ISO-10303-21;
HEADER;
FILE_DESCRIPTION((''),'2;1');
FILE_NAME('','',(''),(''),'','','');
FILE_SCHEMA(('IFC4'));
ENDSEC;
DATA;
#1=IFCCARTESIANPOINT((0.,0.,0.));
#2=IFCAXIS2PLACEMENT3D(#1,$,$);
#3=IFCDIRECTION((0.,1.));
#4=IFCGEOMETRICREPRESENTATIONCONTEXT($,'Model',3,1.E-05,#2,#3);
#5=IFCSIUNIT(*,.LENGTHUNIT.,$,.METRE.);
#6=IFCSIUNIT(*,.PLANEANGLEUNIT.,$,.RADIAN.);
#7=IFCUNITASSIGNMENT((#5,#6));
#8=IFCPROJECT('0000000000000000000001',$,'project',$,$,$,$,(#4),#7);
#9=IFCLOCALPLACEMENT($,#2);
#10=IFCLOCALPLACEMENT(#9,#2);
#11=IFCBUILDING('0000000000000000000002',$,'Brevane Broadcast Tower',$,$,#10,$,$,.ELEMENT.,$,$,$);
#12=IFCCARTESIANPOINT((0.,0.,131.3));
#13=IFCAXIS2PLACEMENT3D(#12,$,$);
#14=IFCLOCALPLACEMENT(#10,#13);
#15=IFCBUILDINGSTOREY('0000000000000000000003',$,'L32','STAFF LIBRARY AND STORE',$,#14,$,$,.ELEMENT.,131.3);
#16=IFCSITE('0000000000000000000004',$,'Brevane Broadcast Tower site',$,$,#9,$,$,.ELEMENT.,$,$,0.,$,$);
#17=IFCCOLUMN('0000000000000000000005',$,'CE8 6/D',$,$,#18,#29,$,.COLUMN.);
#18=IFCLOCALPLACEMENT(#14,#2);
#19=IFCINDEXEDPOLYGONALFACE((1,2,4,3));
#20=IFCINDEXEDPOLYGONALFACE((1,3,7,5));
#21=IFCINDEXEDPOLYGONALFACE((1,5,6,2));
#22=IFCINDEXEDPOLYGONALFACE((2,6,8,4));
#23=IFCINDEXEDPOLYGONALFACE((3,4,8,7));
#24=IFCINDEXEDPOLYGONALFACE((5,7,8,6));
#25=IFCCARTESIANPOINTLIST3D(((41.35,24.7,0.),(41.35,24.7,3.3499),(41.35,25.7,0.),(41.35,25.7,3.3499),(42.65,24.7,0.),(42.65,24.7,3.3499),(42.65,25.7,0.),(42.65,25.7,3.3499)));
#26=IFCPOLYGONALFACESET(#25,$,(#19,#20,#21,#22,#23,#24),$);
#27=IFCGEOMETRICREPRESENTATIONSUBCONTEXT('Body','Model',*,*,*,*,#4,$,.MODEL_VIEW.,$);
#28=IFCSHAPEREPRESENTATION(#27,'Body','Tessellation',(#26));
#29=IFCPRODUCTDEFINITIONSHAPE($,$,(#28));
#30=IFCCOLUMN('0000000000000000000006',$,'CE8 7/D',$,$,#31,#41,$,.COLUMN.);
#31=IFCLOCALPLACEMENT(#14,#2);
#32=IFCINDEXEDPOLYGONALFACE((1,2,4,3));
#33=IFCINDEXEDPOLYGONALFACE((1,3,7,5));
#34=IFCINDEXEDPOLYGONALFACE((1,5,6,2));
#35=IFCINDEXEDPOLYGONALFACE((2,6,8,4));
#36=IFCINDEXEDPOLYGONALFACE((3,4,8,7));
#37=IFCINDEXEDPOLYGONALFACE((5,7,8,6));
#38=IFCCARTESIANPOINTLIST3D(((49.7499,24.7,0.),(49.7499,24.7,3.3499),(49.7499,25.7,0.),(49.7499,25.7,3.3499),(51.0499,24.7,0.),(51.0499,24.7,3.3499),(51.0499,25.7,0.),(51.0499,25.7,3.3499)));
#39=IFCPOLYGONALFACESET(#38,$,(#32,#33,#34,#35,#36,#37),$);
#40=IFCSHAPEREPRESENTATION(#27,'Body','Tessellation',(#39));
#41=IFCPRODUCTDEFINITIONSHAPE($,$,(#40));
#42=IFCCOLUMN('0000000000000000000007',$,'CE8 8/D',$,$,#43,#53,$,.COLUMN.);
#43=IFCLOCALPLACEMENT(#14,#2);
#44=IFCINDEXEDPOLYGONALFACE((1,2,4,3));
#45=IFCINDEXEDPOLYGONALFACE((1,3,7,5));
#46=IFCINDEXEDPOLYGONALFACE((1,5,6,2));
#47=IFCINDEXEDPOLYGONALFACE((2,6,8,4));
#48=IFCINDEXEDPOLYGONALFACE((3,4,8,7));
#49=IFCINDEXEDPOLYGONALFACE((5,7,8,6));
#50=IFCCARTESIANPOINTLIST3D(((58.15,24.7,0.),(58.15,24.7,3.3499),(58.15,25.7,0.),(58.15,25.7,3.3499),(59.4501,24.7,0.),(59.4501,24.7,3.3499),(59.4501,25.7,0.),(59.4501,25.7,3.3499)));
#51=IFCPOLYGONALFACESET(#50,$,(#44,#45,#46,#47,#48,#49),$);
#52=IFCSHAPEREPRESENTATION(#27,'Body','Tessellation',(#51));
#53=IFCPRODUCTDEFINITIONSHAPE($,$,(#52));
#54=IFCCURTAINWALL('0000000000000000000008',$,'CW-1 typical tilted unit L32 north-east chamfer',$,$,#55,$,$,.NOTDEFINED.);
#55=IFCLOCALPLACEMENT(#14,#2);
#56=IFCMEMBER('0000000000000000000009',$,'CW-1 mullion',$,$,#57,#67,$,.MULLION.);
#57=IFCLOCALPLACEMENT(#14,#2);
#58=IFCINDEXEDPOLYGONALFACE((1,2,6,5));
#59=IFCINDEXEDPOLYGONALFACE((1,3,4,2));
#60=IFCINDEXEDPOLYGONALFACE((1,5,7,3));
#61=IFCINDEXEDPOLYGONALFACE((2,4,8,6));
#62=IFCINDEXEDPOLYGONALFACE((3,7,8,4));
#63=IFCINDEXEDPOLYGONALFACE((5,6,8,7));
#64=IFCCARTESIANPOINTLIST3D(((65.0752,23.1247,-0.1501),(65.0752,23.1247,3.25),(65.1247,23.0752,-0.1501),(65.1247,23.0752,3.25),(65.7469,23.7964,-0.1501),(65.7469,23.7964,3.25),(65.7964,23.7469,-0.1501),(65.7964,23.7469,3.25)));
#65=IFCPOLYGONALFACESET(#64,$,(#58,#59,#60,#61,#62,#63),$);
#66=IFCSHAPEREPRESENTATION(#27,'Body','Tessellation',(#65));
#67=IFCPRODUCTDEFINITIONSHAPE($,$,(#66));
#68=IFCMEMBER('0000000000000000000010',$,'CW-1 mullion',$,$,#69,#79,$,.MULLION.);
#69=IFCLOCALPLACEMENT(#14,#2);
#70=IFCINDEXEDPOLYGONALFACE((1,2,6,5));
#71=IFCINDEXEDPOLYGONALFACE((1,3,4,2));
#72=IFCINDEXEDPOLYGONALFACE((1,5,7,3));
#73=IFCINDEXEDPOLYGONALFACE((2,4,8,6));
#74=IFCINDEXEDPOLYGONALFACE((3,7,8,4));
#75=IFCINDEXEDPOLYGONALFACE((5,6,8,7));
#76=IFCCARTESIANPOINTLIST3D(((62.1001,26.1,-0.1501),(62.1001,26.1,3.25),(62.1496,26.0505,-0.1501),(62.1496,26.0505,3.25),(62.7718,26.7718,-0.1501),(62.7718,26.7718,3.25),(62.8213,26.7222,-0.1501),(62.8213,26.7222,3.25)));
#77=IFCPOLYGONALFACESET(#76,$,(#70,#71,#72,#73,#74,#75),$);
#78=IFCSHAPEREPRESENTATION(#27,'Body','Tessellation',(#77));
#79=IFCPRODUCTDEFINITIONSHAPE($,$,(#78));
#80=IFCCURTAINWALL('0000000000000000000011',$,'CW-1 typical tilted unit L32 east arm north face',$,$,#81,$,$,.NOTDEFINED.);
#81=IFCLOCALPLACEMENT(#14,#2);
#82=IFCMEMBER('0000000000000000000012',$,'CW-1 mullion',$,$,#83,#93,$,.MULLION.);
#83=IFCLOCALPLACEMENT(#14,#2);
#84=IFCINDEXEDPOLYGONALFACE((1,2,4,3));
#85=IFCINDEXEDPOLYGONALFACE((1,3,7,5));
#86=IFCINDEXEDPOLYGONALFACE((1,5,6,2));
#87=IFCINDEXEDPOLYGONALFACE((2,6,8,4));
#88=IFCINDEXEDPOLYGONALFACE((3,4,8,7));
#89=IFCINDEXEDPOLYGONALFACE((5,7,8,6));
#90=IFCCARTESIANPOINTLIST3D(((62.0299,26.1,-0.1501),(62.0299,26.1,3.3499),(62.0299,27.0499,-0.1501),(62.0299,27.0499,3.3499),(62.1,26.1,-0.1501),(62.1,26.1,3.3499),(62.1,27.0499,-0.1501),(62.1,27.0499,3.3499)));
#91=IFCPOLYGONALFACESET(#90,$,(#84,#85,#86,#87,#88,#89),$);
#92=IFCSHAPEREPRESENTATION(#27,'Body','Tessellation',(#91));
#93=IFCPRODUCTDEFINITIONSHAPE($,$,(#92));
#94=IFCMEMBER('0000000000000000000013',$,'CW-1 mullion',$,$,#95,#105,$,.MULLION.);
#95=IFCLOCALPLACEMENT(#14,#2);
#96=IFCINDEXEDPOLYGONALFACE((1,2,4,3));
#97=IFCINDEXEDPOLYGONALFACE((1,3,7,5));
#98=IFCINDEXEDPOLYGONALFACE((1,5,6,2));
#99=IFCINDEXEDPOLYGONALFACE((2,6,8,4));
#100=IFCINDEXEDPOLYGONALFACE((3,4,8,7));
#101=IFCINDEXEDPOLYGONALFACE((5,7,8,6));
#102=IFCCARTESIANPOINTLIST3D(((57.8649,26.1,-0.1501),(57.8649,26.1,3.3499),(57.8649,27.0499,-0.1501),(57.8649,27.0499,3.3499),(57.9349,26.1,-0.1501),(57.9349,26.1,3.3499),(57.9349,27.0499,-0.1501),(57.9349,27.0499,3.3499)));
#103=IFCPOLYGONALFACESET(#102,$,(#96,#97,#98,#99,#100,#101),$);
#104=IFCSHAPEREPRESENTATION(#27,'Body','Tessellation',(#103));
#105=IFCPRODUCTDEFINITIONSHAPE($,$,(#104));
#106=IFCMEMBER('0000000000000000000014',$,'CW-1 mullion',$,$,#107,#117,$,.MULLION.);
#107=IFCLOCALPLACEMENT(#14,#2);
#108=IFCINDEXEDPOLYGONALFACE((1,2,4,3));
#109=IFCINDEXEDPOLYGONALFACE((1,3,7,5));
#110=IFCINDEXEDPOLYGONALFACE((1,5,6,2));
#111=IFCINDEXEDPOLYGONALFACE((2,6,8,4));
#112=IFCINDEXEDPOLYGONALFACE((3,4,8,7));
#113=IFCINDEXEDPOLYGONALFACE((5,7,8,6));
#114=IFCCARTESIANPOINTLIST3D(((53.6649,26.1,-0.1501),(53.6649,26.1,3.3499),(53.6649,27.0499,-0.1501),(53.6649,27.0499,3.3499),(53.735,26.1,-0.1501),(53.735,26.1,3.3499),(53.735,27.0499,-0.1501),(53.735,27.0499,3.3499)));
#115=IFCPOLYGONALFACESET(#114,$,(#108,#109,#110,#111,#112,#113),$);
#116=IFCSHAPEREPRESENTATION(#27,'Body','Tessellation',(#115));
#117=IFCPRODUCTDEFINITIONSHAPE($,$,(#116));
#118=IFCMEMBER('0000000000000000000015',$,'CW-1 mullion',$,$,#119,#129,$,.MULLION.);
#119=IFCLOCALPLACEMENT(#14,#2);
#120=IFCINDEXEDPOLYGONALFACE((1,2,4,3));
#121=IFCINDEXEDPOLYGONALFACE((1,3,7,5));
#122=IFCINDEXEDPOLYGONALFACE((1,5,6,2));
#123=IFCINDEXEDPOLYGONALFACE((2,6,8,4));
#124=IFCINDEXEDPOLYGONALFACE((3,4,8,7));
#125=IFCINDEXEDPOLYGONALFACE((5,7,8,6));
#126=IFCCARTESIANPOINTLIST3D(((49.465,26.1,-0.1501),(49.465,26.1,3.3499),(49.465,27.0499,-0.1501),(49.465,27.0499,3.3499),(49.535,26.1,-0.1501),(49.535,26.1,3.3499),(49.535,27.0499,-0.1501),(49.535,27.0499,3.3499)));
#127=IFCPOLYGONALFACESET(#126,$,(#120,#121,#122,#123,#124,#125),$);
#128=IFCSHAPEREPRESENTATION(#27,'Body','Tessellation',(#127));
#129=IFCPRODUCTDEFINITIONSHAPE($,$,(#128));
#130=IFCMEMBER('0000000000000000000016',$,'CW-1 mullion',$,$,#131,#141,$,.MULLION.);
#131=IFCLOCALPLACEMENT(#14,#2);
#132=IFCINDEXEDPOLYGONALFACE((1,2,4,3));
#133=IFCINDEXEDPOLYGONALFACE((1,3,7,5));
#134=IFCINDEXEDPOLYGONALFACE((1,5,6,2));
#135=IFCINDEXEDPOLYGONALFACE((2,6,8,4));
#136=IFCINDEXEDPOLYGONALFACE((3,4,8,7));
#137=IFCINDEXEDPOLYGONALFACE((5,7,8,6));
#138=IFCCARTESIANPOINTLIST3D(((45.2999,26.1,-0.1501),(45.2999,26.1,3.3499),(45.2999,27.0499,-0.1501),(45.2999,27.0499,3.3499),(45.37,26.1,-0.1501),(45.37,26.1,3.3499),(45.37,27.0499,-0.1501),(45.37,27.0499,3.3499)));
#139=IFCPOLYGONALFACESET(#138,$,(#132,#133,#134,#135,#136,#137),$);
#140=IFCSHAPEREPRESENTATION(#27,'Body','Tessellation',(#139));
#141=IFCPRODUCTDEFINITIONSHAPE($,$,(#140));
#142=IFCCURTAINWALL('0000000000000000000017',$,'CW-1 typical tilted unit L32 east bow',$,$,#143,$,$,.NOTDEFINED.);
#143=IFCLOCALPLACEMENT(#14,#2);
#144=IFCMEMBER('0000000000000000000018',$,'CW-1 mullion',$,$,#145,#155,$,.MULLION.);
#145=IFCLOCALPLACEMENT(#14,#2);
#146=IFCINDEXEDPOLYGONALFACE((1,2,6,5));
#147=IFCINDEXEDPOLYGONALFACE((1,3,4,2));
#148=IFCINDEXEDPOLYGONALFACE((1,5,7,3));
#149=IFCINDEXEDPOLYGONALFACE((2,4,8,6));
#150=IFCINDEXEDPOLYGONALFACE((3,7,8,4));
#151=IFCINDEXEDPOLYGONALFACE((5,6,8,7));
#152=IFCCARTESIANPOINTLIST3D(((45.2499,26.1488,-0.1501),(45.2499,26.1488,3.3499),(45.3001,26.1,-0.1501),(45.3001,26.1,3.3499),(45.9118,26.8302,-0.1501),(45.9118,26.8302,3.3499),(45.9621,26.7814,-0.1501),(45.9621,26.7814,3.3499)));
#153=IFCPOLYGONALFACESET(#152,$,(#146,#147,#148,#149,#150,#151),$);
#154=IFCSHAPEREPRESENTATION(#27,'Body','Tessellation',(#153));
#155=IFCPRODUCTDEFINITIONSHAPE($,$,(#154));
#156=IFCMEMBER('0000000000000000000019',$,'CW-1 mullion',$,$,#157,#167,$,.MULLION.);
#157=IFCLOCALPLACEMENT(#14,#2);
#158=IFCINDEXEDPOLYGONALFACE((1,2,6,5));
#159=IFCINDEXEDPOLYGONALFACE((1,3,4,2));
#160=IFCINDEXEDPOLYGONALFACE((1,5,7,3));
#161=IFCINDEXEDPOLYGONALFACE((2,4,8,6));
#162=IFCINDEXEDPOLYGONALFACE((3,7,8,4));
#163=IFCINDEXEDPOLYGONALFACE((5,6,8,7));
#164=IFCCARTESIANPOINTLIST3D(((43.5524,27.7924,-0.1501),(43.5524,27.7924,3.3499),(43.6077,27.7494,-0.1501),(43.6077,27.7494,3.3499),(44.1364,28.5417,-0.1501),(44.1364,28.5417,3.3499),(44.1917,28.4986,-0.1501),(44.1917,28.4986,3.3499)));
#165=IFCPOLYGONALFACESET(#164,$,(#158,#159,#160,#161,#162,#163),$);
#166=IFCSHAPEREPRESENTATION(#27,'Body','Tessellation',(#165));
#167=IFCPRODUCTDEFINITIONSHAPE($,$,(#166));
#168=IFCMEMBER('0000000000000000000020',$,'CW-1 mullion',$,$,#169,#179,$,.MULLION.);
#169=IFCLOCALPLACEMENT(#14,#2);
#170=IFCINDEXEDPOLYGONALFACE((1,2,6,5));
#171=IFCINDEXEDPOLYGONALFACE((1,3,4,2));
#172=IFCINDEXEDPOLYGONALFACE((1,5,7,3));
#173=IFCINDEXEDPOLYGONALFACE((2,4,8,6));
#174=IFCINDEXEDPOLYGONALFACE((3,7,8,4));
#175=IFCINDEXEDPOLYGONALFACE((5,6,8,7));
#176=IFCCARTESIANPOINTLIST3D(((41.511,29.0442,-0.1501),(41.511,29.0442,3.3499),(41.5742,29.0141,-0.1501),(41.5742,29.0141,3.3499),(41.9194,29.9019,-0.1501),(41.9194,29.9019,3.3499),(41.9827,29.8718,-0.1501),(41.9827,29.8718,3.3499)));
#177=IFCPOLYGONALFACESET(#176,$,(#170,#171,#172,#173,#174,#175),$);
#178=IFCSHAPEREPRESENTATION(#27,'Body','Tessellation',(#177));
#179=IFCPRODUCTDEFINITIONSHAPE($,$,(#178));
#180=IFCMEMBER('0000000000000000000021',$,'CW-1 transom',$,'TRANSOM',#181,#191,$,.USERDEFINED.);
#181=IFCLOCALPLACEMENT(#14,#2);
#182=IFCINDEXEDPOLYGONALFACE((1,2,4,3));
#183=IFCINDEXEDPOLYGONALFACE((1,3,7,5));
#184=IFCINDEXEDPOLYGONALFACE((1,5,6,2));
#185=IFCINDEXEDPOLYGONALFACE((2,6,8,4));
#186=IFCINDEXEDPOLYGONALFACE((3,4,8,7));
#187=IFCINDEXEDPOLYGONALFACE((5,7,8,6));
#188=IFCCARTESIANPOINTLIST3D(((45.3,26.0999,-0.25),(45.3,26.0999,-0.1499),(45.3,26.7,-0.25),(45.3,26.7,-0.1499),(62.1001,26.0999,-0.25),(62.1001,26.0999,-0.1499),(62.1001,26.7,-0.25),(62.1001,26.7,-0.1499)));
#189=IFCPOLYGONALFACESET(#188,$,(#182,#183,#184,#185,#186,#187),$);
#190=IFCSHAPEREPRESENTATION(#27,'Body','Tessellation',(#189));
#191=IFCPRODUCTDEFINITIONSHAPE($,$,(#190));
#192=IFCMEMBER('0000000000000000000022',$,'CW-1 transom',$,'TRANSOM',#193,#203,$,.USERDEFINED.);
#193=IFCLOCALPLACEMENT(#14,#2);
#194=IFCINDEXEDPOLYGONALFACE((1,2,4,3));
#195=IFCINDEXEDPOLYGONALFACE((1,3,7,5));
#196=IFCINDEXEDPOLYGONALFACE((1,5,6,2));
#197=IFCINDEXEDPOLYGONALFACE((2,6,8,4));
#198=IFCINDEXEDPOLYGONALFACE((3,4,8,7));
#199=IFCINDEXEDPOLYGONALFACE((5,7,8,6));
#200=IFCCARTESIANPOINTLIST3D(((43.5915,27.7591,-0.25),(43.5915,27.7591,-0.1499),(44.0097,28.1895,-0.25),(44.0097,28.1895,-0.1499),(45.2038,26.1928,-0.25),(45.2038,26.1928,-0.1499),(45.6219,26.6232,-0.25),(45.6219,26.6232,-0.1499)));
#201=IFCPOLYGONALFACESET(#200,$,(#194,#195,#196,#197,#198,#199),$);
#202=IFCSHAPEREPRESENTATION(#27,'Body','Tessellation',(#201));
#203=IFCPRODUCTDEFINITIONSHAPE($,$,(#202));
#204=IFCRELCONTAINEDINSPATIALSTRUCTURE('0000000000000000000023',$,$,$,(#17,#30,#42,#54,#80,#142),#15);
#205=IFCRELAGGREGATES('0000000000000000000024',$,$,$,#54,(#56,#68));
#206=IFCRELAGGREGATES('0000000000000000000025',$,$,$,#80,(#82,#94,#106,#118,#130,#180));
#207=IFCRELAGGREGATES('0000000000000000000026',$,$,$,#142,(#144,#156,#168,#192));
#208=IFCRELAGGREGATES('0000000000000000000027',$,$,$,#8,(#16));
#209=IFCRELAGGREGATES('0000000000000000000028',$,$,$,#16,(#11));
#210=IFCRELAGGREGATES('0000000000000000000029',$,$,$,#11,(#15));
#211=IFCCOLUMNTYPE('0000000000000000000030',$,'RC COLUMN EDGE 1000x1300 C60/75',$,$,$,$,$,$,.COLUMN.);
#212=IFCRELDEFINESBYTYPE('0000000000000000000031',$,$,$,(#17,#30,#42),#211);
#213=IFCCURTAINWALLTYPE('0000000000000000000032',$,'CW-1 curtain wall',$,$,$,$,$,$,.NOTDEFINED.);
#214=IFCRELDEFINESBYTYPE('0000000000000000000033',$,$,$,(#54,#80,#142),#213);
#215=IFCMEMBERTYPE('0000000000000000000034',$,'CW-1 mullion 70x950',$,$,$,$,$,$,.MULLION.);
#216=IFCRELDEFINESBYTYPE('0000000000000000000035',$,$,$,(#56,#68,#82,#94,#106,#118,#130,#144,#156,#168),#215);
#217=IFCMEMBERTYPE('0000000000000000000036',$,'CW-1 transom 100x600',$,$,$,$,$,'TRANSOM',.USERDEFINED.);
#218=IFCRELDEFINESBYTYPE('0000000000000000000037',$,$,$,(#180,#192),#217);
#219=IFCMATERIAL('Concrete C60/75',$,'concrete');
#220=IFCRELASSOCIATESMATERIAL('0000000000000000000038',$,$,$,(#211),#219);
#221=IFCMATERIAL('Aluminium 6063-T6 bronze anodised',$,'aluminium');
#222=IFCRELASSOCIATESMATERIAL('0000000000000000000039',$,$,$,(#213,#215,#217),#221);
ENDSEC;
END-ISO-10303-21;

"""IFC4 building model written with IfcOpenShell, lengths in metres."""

from ifc_helpers import new_model, si_unit, direction, frame, origin, origin_2d, place, context, subcontext, project, spatial, rectangle, extrude, material, material_profile, profile_set, type_object, element, aggregate, save


model = new_model("IFC4")

# Units and contexts
model_context = context("Model", 3, precision=1e-05, world=origin(), true_north=direction((0.0, 1.0)))
body_context = subcontext(model_context, "Body", "Model", "MODEL_VIEW")
ifc_project = project(units=[si_unit("LENGTHUNIT", "METRE"), si_unit("PLANEANGLEUNIT", "RADIAN")], contexts=[model_context])

# Site, building, storey
site_placement = place(None, origin())
site = spatial("IfcSite", under=ifc_project, at=site_placement, Name="Brevane Broadcast Tower site", CompositionType="ELEMENT", RefElevation=0.0)
building_placement = place(site_placement, origin())
building = spatial("IfcBuilding", under=site, at=building_placement, Name="Brevane Broadcast Tower", CompositionType="ELEMENT")
storey_placement = place(building_placement, frame((0.0, 0.0, 131.3)))
storey = spatial("IfcBuildingStorey", under=building, at=storey_placement, Name="L32", Description="STAFF LIBRARY AND STORE", CompositionType="ELEMENT", Elevation=131.3)

# Columns
ifc_material_1 = material(Name="Concrete C60/75", Category="concrete")
ifc_material_profile_1 = material_profile(ifc_material_1, rectangle(XDim=1.0, YDim=1.3, at=origin_2d()), Name="RC 1000x1300")
ifc_profile_set_1 = profile_set([ifc_material_profile_1], Name="Concrete C60/75")
column_type = type_object("IfcColumnType", Name="RC COLUMN EDGE 1000x1300 C60/75", PredefinedType="COLUMN", material=ifc_profile_set_1)
for number, where, z_axis, x_axis, name in (
    (1, (42.0, 25.2, 0.0), (0.0, 0.0, 1.0), (0.0, 1.0, 0.0), "CE8 6/D"),
    (2, (50.3999, 25.2, 0.0), (0.0, 0.0, 1.0), (0.0, 1.0, 0.0), "CE8 7/D"),
    (3, (58.8, 25.2, 0.0), (0.0, 0.0, 1.0), (0.0, 1.0, 0.0), "CE8 8/D"),
):
    element("IfcColumn", number, at=place(storey_placement, frame(where, z_axis=z_axis, x_axis=x_axis)), inside=storey, type_object=column_type, Name=name, PredefinedType="COLUMN", context=body_context, shape_type="SweptSolid", body=[
        extrude(rectangle(XDim=1.0, YDim=1.3, at=origin_2d()), origin(), (0.0, 0.0, 1.0), 3.3499),
    ])

# Curtain walls, members
ifc_material_2 = material(Name="Aluminium 6063-T6 bronze anodised", Category="aluminium")
curtain_wall_type = type_object("IfcCurtainWallType", Name="CW-1 curtain wall", PredefinedType="NOTDEFINED", material=ifc_material_2)
curtain_wall_1_placement = place(storey_placement, origin())
curtain_wall_1 = element("IfcCurtainWall", 4, at=curtain_wall_1_placement, inside=storey, type_object=curtain_wall_type, Name="CW-1 typical tilted unit L32 north-east chamfer", PredefinedType="NOTDEFINED")
ifc_material_profile_2 = material_profile(ifc_material_2, rectangle(XDim=0.95, YDim=0.0701, at=origin_2d()), Name="RECT 70x950")
ifc_profile_set_2 = profile_set([ifc_material_profile_2], Name="Aluminium 6063-T6 bronze anodised")
member_type_1 = type_object("IfcMemberType", Name="CW-1 mullion 70x950", PredefinedType="MULLION", material=ifc_profile_set_2)
member_1_placement = place(storey_placement, frame((65.4358, 23.4358, -0.1501), z_axis=(0.0, 0.0, 1.0), x_axis=(-0.707107, -0.707107, 0.0)))
member_1 = element("IfcMember", 5, at=member_1_placement, type_object=member_type_1, Name="CW-1 mullion", PredefinedType="MULLION", context=body_context, shape_type="SweptSolid", body=[
    extrude(rectangle(XDim=0.95, YDim=0.0701, at=origin_2d()), origin(), (0.0, 0.0, 1.0), 3.4001),
])
member_2_placement = place(storey_placement, frame((62.4607, 26.4111, -0.1501), z_axis=(0.0, 0.0, 1.0), x_axis=(-0.707107, -0.707107, 0.0)))
member_2 = element("IfcMember", 6, at=member_2_placement, type_object=member_type_1, Name="CW-1 mullion", PredefinedType="MULLION", context=body_context, shape_type="SweptSolid", body=[
    extrude(rectangle(XDim=0.95, YDim=0.0701, at=origin_2d()), origin(), (0.0, 0.0, 1.0), 3.4001),
])
aggregate(curtain_wall_1, [member_1, member_2])
curtain_wall_2_placement = place(storey_placement, origin())
curtain_wall_2 = element("IfcCurtainWall", 7, at=curtain_wall_2_placement, inside=storey, type_object=curtain_wall_type, Name="CW-1 typical tilted unit L32 east arm north face", PredefinedType="NOTDEFINED")
member_3_placement = place(storey_placement, frame((62.0649, 26.575, -0.1501), z_axis=(0.0, 0.0, 1.0), x_axis=(0.0, -1.0, 0.0)))
member_3 = element("IfcMember", 8, at=member_3_placement, type_object=member_type_1, Name="CW-1 mullion", PredefinedType="MULLION", context=body_context, shape_type="SweptSolid", body=[
    extrude(rectangle(XDim=0.95, YDim=0.0701, at=origin_2d()), origin(), (0.0, 0.0, 1.0), 3.5),
])
member_4_placement = place(storey_placement, frame((57.8999, 26.575, -0.1501), z_axis=(0.0, 0.0, 1.0), x_axis=(0.0, -1.0, 0.0)))
member_4 = element("IfcMember", 9, at=member_4_placement, type_object=member_type_1, Name="CW-1 mullion", PredefinedType="MULLION", context=body_context, shape_type="SweptSolid", body=[
    extrude(rectangle(XDim=0.95, YDim=0.0701, at=origin_2d()), origin(), (0.0, 0.0, 1.0), 3.5),
])
member_5_placement = place(storey_placement, frame((53.7, 26.575, -0.1501), z_axis=(0.0, 0.0, 1.0), x_axis=(0.0, -1.0, 0.0)))
member_5 = element("IfcMember", 10, at=member_5_placement, type_object=member_type_1, Name="CW-1 mullion", PredefinedType="MULLION", context=body_context, shape_type="SweptSolid", body=[
    extrude(rectangle(XDim=0.95, YDim=0.0701, at=origin_2d()), origin(), (0.0, 0.0, 1.0), 3.5),
])
member_6_placement = place(storey_placement, frame((49.5, 26.575, -0.1501), z_axis=(0.0, 0.0, 1.0), x_axis=(0.0, -1.0, 0.0)))
member_6 = element("IfcMember", 11, at=member_6_placement, type_object=member_type_1, Name="CW-1 mullion", PredefinedType="MULLION", context=body_context, shape_type="SweptSolid", body=[
    extrude(rectangle(XDim=0.95, YDim=0.0701, at=origin_2d()), origin(), (0.0, 0.0, 1.0), 3.5),
])
member_7_placement = place(storey_placement, frame((45.335, 26.575, -0.1501), z_axis=(0.0, 0.0, 1.0), x_axis=(0.0, -1.0, 0.0)))
member_7 = element("IfcMember", 12, at=member_7_placement, type_object=member_type_1, Name="CW-1 mullion", PredefinedType="MULLION", context=body_context, shape_type="SweptSolid", body=[
    extrude(rectangle(XDim=0.95, YDim=0.0701, at=origin_2d()), origin(), (0.0, 0.0, 1.0), 3.5),
])
curtain_wall_3_placement = place(storey_placement, origin())
curtain_wall_3 = element("IfcCurtainWall", 13, at=curtain_wall_3_placement, inside=storey, type_object=curtain_wall_type, Name="CW-1 typical tilted unit L32 east bow", PredefinedType="NOTDEFINED")
member_8_placement = place(storey_placement, frame((45.606, 26.4651, -0.1501), z_axis=(0.0, 0.0, 1.0), x_axis=(-0.696812, -0.717254, 0.0)))
member_8 = element("IfcMember", 14, at=member_8_placement, type_object=member_type_1, Name="CW-1 mullion", PredefinedType="MULLION", context=body_context, shape_type="SweptSolid", body=[
    extrude(rectangle(XDim=0.95, YDim=0.0701, at=origin_2d()), origin(), (0.0, 0.0, 1.0), 3.5),
])
member_9_placement = place(storey_placement, frame((43.8721, 28.1455, -0.1501), z_axis=(0.0, 0.0, 1.0), x_axis=(-0.61477, -0.788707, 0.0)))
member_9 = element("IfcMember", 15, at=member_9_placement, type_object=member_type_1, Name="CW-1 mullion", PredefinedType="MULLION", context=body_context, shape_type="SweptSolid", body=[
    extrude(rectangle(XDim=0.95, YDim=0.0701, at=origin_2d()), origin(), (0.0, 0.0, 1.0), 3.5),
])
member_10_placement = place(storey_placement, frame((41.7468, 29.458, -0.1501), z_axis=(0.0, 0.0, 1.0), x_axis=(-0.429934, -0.902861, 0.0)))
member_10 = element("IfcMember", 16, at=member_10_placement, type_object=member_type_1, Name="CW-1 mullion", PredefinedType="MULLION", context=body_context, shape_type="SweptSolid", body=[
    extrude(rectangle(XDim=0.95, YDim=0.0701, at=origin_2d()), origin(), (0.0, 0.0, 1.0), 3.5),
])

# Members
ifc_material_profile_3 = material_profile(ifc_material_2, rectangle(XDim=0.6001, YDim=0.1001, at=origin_2d()), Name="RECT 100x600")
ifc_profile_set_3 = profile_set([ifc_material_profile_3], Name="Aluminium 6063-T6 bronze anodised")
member_type_2 = type_object("IfcMemberType", Name="CW-1 transom 100x600", ElementType="TRANSOM", PredefinedType="USERDEFINED", material=ifc_profile_set_3)
member_11_placement = place(storey_placement, frame((62.1001, 26.3999, -0.2), z_axis=(-1.0, 0.0, 0.0), x_axis=(0.0, -1.0, 0.0)))
member_11 = element("IfcMember", 17, at=member_11_placement, type_object=member_type_2, Name="CW-1 transom", ObjectType="TRANSOM", PredefinedType="USERDEFINED", context=body_context, shape_type="SweptSolid", body=[
    extrude(rectangle(XDim=0.6001, YDim=0.1001, at=origin_2d()), origin(), (0.0, 0.0, 1.0), 16.8),
])
aggregate(curtain_wall_2, [member_3, member_4, member_5, member_6, member_7, member_11])
member_12_placement = place(storey_placement, frame((45.4128, 26.408, -0.2), z_axis=(-0.717242, 0.696824, 0.0), x_axis=(-0.696824, -0.717242, 0.0)))
member_12 = element("IfcMember", 18, at=member_12_placement, type_object=member_type_2, Name="CW-1 transom", ObjectType="TRANSOM", PredefinedType="USERDEFINED", context=body_context, shape_type="SweptSolid", body=[
    extrude(rectangle(XDim=0.6001, YDim=0.1001, at=origin_2d()), origin(), (0.0, 0.0, 1.0), 2.2478),
])
aggregate(curtain_wall_3, [member_8, member_9, member_10, member_12])

save(model, "model.ifc")
